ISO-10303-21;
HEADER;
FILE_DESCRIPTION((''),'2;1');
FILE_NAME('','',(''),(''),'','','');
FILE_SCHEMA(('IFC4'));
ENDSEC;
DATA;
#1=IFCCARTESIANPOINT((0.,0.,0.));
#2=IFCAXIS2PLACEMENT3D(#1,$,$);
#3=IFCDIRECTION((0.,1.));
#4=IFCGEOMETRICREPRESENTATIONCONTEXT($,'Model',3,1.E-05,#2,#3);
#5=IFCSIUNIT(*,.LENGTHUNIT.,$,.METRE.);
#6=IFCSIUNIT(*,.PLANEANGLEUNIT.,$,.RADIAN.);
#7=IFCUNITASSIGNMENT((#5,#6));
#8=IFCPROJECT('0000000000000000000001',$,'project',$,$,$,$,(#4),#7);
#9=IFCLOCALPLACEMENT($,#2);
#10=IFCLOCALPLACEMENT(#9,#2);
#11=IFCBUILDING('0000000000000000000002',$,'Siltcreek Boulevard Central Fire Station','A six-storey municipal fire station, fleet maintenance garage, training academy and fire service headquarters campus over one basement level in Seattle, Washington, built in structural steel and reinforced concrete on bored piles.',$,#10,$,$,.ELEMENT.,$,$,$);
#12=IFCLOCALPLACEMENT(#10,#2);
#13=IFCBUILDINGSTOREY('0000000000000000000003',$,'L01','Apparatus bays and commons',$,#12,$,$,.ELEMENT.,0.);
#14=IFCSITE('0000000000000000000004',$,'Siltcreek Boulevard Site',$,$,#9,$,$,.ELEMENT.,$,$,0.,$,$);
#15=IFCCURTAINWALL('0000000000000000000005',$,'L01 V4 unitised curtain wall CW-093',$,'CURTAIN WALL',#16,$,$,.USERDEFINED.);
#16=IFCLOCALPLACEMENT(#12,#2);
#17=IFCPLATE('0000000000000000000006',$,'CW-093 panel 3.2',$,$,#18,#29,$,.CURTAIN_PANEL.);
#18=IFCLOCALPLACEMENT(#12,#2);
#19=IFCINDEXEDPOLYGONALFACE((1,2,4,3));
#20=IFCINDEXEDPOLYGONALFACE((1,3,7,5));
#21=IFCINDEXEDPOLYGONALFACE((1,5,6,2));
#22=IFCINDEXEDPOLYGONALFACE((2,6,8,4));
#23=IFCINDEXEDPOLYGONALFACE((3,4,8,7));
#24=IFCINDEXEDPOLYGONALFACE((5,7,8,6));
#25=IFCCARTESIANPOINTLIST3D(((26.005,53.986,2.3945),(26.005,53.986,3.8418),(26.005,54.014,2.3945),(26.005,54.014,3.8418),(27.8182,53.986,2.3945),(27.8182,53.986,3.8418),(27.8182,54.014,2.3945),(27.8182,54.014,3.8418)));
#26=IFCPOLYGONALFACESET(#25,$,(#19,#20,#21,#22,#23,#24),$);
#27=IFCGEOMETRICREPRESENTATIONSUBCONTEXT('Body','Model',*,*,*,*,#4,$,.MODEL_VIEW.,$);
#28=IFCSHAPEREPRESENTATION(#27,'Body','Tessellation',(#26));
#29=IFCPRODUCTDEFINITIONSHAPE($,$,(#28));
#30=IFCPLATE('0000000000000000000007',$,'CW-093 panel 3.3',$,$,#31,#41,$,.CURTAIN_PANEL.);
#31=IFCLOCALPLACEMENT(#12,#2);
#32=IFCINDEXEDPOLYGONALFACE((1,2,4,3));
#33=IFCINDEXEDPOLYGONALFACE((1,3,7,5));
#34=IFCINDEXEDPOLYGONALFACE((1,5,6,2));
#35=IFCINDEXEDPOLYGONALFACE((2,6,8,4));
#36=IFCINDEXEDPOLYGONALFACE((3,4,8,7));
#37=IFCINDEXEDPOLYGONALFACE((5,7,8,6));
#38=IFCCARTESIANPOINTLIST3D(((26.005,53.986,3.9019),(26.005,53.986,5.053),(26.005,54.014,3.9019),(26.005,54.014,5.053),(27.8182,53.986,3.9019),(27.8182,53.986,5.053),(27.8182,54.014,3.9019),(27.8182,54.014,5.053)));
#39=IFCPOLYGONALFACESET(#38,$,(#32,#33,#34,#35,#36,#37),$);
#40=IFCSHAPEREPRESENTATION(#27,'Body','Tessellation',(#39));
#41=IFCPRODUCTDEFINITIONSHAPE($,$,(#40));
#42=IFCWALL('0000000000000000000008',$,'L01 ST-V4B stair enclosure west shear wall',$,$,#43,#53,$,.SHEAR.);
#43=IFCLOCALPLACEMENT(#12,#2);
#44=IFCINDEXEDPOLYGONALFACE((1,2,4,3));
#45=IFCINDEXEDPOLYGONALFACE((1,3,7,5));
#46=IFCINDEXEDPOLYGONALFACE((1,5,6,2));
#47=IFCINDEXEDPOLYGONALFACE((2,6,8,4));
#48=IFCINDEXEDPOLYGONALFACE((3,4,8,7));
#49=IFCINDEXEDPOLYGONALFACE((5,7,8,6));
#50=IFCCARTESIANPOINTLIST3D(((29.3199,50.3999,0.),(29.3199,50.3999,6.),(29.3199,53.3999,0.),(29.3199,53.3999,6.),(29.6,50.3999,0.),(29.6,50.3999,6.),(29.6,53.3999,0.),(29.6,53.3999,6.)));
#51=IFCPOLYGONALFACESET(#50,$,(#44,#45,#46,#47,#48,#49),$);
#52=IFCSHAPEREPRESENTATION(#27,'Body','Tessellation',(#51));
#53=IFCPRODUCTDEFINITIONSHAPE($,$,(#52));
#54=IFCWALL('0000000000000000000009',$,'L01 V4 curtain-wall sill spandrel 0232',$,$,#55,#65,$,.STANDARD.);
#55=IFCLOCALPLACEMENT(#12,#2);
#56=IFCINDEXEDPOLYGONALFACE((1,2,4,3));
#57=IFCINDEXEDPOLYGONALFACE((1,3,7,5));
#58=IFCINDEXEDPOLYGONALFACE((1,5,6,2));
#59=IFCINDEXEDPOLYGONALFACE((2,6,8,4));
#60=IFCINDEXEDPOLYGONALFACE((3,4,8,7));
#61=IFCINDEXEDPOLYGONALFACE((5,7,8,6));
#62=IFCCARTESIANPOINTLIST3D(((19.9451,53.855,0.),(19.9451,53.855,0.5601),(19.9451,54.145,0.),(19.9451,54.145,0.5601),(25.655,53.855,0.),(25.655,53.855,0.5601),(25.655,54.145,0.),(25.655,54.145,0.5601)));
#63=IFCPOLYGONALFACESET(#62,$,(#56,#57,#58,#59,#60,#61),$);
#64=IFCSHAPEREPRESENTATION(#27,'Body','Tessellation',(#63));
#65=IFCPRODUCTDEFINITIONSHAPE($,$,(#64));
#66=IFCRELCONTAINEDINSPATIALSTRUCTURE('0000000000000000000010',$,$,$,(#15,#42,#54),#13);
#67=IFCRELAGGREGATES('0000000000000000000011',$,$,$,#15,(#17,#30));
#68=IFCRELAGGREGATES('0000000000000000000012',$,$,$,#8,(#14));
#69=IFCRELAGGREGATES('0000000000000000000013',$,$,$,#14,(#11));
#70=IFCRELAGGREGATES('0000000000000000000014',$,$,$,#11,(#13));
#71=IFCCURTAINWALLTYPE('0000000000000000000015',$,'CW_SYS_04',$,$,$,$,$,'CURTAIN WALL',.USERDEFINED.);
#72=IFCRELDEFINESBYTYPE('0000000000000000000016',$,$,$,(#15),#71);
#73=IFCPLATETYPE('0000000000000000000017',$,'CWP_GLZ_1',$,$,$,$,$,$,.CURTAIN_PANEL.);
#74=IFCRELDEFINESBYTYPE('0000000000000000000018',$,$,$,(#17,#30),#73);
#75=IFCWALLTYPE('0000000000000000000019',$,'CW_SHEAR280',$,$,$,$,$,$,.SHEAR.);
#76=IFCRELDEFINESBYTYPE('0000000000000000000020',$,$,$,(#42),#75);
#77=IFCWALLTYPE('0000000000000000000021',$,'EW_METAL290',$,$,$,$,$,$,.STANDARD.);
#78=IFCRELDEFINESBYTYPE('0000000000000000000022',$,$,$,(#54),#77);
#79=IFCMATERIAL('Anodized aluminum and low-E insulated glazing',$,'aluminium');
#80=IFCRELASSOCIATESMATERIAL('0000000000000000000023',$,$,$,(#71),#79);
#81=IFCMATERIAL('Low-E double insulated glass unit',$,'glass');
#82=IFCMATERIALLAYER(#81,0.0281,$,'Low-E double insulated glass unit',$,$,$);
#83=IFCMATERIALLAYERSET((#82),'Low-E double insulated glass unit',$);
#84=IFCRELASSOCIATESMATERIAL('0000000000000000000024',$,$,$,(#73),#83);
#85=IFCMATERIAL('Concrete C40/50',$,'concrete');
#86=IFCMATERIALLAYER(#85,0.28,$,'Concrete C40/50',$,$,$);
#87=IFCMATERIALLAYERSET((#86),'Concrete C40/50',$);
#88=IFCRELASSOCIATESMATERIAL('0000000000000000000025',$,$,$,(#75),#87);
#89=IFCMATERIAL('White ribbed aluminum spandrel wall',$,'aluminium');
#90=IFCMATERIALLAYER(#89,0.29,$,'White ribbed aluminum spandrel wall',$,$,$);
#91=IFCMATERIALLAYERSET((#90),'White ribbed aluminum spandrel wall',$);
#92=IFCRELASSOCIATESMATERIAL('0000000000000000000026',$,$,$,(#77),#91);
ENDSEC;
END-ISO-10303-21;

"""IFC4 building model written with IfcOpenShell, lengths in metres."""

from ifc_helpers import new_model, si_unit, direction, frame, frame_2d, origin, origin_2d, place, context, subcontext, project, spatial, rectangle, extrude, material, layer, layer_set, type_object, element, aggregate, save


model = new_model("IFC4")

# Units and contexts
model_context = context("Model", 3, precision=1e-05, world=origin(), true_north=direction((0.0, 1.0)))
body_context = subcontext(model_context, "Body", "Model", "MODEL_VIEW")
ifc_project = project(units=[si_unit("LENGTHUNIT", "METRE"), si_unit("PLANEANGLEUNIT", "RADIAN")], contexts=[model_context])

# Site, building, storey
site_placement = place(None, origin())
site = spatial("IfcSite", under=ifc_project, at=site_placement, Name="Siltcreek Boulevard Site", CompositionType="ELEMENT", RefElevation=0.0)
building_placement = place(site_placement, origin())
building = spatial("IfcBuilding", under=site, at=building_placement, Name="Siltcreek Boulevard Central Fire Station", Description="A six-storey municipal fire station, fleet maintenance garage, training academy and fire service headquarters campus over one basement level in Seattle, Washington, built in structural steel and reinforced concrete on bored piles.", CompositionType="ELEMENT")
storey_placement = place(building_placement, origin())
storey = spatial("IfcBuildingStorey", under=building, at=storey_placement, Name="L01", Description="Apparatus bays and commons", CompositionType="ELEMENT", Elevation=0.0)

# Curtain wall
ifc_material_1 = material(Name="Anodized aluminum and low-E insulated glazing", Category="aluminium")
curtain_wall_type_1 = type_object("IfcCurtainWallType", Name="CW_SYS_04", ElementType="CURTAIN WALL", PredefinedType="USERDEFINED", material=ifc_material_1)
curtain_wall_1_placement = place(storey_placement, origin())
curtain_wall_1 = element("IfcCurtainWall", 1, at=curtain_wall_1_placement, inside=storey, type_object=curtain_wall_type_1, Name="L01 V4 unitised curtain wall CW-093", ObjectType="CURTAIN WALL", PredefinedType="USERDEFINED")

# Plates
ifc_material_2 = material(Name="Low-E double insulated glass unit", Category="glass")
ifc_layer_1 = layer(ifc_material_2, 0.0281, Name="Low-E double insulated glass unit")
ifc_layer_set_1 = layer_set([ifc_layer_1], Name="Low-E double insulated glass unit")
plate_type = type_object("IfcPlateType", Name="CWP_GLZ_1", PredefinedType="CURTAIN_PANEL", material=ifc_layer_set_1)
plate_1_placement = place(storey_placement, frame((26.9116, 54.0, 2.3945), z_axis=(0.0, 0.0, 1.0), x_axis=(-1.0, 0.0, 0.0)))
plate_1 = element("IfcPlate", 2, at=plate_1_placement, type_object=plate_type, Name="CW-093 panel 3.2", PredefinedType="CURTAIN_PANEL", context=body_context, shape_type="SweptSolid", body=[
    extrude(rectangle(XDim=1.8132, YDim=0.0281, at=origin_2d()), origin(), (0.0, 0.0, 1.0), 1.4473),
])
plate_2_placement = place(storey_placement, frame((26.9116, 54.0, 3.9019), z_axis=(0.0, 0.0, 1.0), x_axis=(-1.0, 0.0, 0.0)))
plate_2 = element("IfcPlate", 3, at=plate_2_placement, type_object=plate_type, Name="CW-093 panel 3.3", PredefinedType="CURTAIN_PANEL", context=body_context, shape_type="SweptSolid", body=[
    extrude(rectangle(XDim=1.8132, YDim=0.0281, at=origin_2d()), origin(), (0.0, 0.0, 1.0), 1.1511),
])
aggregate(curtain_wall_1, [plate_1, plate_2])

# Walls
ifc_material_3 = material(Name="Concrete C40/50", Category="concrete")
ifc_layer_2 = layer(ifc_material_3, 0.28, Name="Concrete C40/50")
ifc_layer_set_2 = layer_set([ifc_layer_2], Name="Concrete C40/50")
wall_type_1 = type_object("IfcWallType", Name="CW_SHEAR280", PredefinedType="SHEAR", material=ifc_layer_set_2)
wall_1_placement = place(storey_placement, frame((29.46, 53.3999, 0.0), z_axis=(0.0, 0.0, 1.0), x_axis=(0.0, -1.0, 0.0)))
element("IfcWall", 4, at=wall_1_placement, inside=storey, type_object=wall_type_1, Name="L01 ST-V4B stair enclosure west shear wall", PredefinedType="SHEAR", context=body_context, shape_type="SweptSolid", body=[
    extrude(rectangle(XDim=3.0, YDim=0.28, at=frame_2d((1.5, 0.0))), origin(), (0.0, 0.0, 1.0), 6.0),
])
ifc_material_4 = material(Name="White ribbed aluminum spandrel wall", Category="aluminium")
ifc_layer_3 = layer(ifc_material_4, 0.29, Name="White ribbed aluminum spandrel wall")
ifc_layer_set_3 = layer_set([ifc_layer_3], Name="White ribbed aluminum spandrel wall")
wall_type_2 = type_object("IfcWallType", Name="EW_METAL290", PredefinedType="STANDARD", material=ifc_layer_set_3)
wall_2_placement = place(storey_placement, frame((25.655, 54.0, 0.0), z_axis=(0.0, 0.0, 1.0), x_axis=(-1.0, 0.0, 0.0)))
element("IfcWall", 5, at=wall_2_placement, inside=storey, type_object=wall_type_2, Name="L01 V4 curtain-wall sill spandrel 0232", PredefinedType="STANDARD", context=body_context, shape_type="SweptSolid", body=[
    extrude(rectangle(XDim=5.71, YDim=0.29, at=frame_2d((2.855, 0.0))), origin(), (0.0, 0.0, 1.0), 0.5601),
])

save(model, "model.ifc")
